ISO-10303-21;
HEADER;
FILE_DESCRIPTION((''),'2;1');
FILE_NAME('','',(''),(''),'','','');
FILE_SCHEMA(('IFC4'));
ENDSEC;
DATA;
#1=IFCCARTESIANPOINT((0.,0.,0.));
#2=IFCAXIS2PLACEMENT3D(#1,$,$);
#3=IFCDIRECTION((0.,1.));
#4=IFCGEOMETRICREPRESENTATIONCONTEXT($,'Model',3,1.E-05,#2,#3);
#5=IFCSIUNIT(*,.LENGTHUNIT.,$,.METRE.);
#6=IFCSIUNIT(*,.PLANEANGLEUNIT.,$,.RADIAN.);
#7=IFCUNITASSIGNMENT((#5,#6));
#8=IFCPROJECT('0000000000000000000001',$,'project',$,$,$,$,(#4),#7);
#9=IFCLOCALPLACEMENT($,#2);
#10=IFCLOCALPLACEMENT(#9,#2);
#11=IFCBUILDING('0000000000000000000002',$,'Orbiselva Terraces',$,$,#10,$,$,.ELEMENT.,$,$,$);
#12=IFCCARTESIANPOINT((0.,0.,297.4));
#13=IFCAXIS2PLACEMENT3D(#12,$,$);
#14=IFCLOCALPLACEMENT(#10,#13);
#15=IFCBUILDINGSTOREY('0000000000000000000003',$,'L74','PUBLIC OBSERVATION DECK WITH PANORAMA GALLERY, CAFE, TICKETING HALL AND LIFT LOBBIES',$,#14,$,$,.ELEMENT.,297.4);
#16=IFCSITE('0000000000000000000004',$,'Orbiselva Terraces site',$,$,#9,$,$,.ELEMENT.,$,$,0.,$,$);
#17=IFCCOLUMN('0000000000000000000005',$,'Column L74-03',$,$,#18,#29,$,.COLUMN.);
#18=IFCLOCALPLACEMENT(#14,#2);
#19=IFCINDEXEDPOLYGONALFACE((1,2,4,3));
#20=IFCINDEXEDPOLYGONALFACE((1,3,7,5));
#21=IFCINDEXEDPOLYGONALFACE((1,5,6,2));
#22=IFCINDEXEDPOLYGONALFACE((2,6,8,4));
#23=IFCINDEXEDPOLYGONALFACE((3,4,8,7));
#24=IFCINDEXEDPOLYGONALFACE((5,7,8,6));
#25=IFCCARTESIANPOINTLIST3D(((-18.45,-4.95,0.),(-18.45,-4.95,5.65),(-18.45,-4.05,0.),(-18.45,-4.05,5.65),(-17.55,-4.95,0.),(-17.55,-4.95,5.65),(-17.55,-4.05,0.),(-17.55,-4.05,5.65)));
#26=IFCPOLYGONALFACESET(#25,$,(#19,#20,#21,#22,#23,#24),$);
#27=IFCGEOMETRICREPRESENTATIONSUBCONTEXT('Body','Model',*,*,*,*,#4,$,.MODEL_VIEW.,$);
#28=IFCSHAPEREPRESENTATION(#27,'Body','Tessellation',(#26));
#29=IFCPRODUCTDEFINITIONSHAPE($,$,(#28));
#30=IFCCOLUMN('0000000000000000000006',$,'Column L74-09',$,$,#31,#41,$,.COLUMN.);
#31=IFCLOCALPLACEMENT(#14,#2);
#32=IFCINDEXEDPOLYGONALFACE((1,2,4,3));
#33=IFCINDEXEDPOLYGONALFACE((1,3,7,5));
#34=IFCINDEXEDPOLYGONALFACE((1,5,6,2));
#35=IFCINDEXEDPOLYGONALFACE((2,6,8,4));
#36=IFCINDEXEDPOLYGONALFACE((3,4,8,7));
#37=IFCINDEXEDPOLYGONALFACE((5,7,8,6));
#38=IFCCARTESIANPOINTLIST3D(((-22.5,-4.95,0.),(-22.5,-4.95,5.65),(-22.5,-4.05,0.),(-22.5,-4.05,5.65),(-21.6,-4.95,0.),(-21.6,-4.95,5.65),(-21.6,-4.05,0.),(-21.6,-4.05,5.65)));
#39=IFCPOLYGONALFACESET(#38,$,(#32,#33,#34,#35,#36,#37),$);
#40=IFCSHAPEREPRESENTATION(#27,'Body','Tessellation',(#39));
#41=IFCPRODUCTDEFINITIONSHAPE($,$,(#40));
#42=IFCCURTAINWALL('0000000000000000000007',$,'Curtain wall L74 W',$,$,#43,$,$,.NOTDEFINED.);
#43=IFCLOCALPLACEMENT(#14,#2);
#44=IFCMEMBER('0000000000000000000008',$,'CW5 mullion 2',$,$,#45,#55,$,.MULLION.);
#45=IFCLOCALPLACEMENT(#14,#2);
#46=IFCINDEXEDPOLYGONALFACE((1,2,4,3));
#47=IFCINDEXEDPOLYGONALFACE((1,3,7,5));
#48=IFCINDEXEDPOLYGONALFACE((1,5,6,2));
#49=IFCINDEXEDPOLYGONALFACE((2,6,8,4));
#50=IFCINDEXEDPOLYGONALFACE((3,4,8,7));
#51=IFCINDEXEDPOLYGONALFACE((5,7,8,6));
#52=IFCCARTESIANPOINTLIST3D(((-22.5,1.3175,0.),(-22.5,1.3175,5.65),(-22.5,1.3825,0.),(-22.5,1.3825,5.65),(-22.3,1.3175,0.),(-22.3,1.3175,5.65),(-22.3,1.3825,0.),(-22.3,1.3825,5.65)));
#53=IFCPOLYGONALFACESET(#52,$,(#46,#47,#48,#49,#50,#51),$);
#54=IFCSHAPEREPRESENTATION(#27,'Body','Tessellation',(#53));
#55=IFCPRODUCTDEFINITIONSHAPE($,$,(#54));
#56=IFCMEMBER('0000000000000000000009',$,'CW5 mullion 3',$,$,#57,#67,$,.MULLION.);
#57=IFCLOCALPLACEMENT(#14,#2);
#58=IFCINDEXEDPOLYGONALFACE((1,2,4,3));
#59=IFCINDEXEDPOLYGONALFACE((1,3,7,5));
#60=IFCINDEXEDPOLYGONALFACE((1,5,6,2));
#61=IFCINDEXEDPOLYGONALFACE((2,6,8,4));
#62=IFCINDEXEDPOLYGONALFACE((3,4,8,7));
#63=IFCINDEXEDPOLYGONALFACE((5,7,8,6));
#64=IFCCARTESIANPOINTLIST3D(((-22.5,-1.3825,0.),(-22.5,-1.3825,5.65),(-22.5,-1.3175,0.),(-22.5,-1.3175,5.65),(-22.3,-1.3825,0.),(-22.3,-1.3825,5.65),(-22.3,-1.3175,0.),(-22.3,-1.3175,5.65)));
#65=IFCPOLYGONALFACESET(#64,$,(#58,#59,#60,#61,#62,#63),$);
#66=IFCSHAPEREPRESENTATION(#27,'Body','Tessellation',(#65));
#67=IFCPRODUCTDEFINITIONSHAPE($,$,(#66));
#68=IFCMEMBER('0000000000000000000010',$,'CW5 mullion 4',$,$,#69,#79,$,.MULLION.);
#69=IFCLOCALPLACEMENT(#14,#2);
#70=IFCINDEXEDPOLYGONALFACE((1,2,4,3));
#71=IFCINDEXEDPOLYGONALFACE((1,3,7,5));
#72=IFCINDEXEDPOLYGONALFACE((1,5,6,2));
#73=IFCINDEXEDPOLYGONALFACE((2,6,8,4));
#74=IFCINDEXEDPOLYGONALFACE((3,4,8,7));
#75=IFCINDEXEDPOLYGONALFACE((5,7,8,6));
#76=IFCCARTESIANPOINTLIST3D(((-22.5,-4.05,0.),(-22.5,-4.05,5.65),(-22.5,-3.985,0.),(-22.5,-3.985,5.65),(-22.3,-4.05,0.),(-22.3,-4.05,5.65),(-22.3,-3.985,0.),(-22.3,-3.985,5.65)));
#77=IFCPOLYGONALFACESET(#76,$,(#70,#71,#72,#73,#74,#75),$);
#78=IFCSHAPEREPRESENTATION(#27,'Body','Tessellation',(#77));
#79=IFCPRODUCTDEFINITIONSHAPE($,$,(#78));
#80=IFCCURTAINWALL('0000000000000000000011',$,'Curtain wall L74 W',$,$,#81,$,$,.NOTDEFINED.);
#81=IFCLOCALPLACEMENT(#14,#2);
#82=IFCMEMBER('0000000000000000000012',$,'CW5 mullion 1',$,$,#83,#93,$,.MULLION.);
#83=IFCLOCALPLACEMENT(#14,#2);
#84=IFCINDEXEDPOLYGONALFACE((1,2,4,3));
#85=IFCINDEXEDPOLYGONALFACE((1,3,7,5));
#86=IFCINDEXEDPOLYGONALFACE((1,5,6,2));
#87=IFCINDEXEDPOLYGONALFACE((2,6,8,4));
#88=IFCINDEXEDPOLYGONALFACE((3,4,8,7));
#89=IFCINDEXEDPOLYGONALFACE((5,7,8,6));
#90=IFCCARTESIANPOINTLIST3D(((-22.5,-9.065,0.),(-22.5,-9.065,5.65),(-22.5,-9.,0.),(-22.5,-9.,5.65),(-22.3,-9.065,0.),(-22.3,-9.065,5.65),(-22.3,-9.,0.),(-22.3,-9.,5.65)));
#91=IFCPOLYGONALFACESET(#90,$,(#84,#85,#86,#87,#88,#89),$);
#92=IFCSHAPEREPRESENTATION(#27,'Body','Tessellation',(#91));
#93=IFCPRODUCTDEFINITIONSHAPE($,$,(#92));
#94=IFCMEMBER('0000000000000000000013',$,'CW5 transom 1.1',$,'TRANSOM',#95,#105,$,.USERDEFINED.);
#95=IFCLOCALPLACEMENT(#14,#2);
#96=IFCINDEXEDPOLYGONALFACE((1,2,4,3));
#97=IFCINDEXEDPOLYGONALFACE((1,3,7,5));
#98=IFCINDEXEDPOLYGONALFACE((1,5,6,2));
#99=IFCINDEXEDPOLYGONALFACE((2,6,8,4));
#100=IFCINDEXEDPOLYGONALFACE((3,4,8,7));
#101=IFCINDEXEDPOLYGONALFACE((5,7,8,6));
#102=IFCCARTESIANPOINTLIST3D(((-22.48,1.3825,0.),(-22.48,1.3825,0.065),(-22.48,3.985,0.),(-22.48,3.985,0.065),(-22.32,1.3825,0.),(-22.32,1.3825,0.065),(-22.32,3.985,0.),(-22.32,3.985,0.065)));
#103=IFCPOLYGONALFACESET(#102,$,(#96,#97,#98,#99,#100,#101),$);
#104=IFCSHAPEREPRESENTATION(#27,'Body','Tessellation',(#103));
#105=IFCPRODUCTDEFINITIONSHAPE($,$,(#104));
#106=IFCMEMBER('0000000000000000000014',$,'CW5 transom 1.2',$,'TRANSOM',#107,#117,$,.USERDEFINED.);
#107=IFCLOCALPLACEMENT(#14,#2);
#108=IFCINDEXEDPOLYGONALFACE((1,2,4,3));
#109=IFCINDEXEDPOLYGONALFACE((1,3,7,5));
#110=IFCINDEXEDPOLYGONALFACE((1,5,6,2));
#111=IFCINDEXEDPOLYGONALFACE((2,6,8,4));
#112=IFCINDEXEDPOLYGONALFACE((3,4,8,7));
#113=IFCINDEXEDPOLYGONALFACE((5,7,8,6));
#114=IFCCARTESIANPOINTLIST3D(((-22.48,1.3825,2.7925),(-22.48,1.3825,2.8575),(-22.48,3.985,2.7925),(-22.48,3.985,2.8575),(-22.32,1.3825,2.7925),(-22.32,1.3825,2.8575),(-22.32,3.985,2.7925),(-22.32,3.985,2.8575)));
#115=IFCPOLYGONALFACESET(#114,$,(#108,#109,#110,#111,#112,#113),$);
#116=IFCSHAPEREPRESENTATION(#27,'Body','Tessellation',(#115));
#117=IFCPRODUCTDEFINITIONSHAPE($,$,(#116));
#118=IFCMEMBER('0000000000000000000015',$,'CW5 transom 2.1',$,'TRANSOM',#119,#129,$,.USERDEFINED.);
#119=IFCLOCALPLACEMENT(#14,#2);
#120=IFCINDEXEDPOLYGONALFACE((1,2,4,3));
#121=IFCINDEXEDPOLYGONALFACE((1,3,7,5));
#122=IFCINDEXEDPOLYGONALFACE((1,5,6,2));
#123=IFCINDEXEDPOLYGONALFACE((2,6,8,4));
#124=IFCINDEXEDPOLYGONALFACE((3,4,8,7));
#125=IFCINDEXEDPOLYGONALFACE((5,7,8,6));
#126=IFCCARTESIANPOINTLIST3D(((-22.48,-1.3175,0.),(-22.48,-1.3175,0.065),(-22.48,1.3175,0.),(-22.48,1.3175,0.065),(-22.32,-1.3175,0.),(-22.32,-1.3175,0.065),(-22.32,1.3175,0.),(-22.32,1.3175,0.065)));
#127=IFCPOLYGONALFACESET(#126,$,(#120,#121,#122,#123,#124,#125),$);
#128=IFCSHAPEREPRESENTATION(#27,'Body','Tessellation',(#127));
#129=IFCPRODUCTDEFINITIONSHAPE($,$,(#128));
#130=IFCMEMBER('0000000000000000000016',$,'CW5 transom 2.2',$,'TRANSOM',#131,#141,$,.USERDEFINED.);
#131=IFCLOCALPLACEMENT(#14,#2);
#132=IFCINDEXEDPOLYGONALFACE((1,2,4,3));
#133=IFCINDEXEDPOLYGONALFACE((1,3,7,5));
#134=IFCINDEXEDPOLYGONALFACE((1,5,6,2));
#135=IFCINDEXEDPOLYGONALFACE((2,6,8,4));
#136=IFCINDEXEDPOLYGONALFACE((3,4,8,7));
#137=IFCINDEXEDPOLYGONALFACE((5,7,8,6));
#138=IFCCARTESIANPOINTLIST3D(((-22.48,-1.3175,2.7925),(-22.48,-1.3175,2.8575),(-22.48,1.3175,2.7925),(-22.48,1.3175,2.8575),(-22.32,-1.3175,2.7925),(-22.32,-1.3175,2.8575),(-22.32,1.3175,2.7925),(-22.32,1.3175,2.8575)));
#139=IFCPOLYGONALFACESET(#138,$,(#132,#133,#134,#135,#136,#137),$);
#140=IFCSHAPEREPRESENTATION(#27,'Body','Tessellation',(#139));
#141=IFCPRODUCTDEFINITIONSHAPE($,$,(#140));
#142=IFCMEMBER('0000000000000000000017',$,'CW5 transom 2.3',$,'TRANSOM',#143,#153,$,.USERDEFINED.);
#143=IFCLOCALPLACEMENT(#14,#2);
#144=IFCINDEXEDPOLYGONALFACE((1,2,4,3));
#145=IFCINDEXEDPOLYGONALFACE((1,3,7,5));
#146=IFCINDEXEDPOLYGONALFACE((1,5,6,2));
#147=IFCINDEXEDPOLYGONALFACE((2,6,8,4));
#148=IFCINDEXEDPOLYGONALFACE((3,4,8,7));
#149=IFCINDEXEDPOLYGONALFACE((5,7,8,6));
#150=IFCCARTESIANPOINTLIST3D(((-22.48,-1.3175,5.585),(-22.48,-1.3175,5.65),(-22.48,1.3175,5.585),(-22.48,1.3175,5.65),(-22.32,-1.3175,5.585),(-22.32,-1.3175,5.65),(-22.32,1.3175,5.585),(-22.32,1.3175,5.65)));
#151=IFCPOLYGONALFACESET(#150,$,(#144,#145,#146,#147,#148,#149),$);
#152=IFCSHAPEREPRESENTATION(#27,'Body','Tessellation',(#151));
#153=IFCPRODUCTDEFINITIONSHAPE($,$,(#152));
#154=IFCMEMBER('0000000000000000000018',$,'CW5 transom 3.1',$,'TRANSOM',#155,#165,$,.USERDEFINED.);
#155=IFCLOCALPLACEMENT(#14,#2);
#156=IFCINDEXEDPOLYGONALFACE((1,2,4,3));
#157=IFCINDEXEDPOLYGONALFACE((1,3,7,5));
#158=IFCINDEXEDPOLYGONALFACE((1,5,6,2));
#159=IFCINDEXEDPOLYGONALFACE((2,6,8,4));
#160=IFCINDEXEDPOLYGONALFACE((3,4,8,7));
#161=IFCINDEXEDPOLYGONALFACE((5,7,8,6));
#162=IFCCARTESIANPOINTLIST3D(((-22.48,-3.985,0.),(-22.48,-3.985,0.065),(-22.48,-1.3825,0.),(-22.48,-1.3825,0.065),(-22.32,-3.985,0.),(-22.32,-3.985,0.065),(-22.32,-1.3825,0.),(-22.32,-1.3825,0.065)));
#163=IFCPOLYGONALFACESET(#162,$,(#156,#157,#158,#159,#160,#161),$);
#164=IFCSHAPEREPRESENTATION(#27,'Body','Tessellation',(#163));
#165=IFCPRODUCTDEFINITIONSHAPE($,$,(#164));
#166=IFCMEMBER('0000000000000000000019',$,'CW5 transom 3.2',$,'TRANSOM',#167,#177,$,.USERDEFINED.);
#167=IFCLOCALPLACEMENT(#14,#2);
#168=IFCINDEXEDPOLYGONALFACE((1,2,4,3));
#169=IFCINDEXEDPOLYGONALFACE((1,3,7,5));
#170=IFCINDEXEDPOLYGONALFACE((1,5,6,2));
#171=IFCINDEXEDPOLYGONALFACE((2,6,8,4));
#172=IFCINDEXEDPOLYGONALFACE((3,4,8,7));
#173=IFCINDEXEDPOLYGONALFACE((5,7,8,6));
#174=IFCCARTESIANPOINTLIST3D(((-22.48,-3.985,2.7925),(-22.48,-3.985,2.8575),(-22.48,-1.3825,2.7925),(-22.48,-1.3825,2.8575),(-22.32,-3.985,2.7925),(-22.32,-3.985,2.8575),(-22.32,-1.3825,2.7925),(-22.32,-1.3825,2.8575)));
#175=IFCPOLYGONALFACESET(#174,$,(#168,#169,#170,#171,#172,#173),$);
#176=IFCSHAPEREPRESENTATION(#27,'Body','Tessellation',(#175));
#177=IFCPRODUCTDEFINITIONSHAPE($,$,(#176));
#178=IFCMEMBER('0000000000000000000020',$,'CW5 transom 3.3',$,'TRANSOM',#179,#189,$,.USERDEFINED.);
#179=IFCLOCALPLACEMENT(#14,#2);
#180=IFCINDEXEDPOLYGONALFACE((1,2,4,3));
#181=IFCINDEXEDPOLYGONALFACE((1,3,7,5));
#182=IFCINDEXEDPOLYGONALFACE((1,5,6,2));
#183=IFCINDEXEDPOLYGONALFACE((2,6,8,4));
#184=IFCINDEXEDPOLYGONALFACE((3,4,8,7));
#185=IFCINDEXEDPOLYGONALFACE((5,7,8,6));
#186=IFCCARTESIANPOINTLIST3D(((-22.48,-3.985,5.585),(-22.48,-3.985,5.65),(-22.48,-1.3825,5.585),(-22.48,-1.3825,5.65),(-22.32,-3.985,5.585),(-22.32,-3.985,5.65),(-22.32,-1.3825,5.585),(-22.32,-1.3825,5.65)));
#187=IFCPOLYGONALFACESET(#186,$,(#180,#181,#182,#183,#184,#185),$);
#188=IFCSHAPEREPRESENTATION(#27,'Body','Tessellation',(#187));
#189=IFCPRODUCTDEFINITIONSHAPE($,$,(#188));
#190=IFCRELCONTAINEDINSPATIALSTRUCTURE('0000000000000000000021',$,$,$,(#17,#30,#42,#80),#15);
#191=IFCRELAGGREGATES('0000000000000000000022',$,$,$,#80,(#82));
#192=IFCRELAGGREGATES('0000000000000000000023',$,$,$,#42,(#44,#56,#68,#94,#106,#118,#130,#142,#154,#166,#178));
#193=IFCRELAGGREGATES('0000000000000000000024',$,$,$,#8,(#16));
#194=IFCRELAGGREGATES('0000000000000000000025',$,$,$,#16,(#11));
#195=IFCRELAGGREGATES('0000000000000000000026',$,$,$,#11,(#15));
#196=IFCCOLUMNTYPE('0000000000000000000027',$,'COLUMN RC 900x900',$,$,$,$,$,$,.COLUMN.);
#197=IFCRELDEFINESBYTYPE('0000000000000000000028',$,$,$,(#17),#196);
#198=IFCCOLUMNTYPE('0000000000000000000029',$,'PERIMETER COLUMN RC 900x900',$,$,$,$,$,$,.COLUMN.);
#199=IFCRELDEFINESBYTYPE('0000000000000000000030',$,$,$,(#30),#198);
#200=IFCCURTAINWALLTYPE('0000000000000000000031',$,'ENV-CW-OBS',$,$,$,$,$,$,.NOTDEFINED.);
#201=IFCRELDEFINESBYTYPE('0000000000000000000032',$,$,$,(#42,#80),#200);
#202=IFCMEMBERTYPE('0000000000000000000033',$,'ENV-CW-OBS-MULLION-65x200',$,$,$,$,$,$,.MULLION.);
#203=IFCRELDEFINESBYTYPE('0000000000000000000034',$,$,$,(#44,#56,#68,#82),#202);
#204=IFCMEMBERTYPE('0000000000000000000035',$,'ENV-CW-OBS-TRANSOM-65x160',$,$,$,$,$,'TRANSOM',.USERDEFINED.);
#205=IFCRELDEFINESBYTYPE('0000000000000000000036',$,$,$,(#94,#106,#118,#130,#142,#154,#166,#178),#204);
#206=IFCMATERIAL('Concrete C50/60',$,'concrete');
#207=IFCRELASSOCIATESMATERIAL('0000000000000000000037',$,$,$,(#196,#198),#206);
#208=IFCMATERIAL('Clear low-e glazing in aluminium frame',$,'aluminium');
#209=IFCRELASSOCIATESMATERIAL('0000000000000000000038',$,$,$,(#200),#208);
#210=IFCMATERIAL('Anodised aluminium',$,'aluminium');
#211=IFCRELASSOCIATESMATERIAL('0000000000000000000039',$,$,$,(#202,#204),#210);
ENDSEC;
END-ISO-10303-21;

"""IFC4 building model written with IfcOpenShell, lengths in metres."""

from ifc_helpers import new_model, si_unit, direction, frame, origin, origin_2d, place, context, subcontext, project, spatial, rectangle, extrude, material, material_profile, profile_set, type_object, element, aggregate, save


model = new_model("IFC4")

# Units and contexts
model_context = context("Model", 3, precision=1e-05, world=origin(), true_north=direction((0.0, 1.0)))
body_context = subcontext(model_context, "Body", "Model", "MODEL_VIEW")
ifc_project = project(units=[si_unit("LENGTHUNIT", "METRE"), si_unit("PLANEANGLEUNIT", "RADIAN")], contexts=[model_context])

# Site, building, storey
site_placement = place(None, origin())
site = spatial("IfcSite", under=ifc_project, at=site_placement, Name="Orbiselva Terraces site", CompositionType="ELEMENT", RefElevation=0.0)
building_placement = place(site_placement, origin())
building = spatial("IfcBuilding", under=site, at=building_placement, Name="Orbiselva Terraces", CompositionType="ELEMENT")
storey_placement = place(building_placement, frame((0.0, 0.0, 297.4)))
storey = spatial("IfcBuildingStorey", under=building, at=storey_placement, Name="L74", Description="PUBLIC OBSERVATION DECK WITH PANORAMA GALLERY, CAFE, TICKETING HALL AND LIFT LOBBIES", CompositionType="ELEMENT", Elevation=297.4)

# Columns
ifc_material_1 = material(Name="Concrete C50/60", Category="concrete")
ifc_material_profile_1 = material_profile(ifc_material_1, rectangle(XDim=0.9, YDim=0.9, at=origin_2d()), Name="RC 900x900")
ifc_profile_set_1 = profile_set([ifc_material_profile_1], Name="Concrete C50/60")
column_type_1 = type_object("IfcColumnType", Name="COLUMN RC 900x900", PredefinedType="COLUMN", material=ifc_profile_set_1)
column_1_placement = place(storey_placement, frame((-18.0, -4.5, 0.0), z_axis=(0.0, 0.0, 1.0), x_axis=(1.0, 0.0, 0.0)))
element("IfcColumn", 1, at=column_1_placement, inside=storey, type_object=column_type_1, Name="Column L74-03", PredefinedType="COLUMN", context=body_context, shape_type="SweptSolid", body=[
    extrude(rectangle(XDim=0.9, YDim=0.9, at=origin_2d()), origin(), (0.0, 0.0, 1.0), 5.65),
])
ifc_material_profile_2 = material_profile(ifc_material_1, rectangle(XDim=0.9, YDim=0.9, at=origin_2d()), Name="RC 900x900")
ifc_profile_set_2 = profile_set([ifc_material_profile_2], Name="Concrete C50/60")
column_type_2 = type_object("IfcColumnType", Name="PERIMETER COLUMN RC 900x900", PredefinedType="COLUMN", material=ifc_profile_set_2)
column_2_placement = place(storey_placement, frame((-22.05, -4.5, 0.0), z_axis=(0.0, 0.0, 1.0), x_axis=(1.0, 0.0, 0.0)))
element("IfcColumn", 2, at=column_2_placement, inside=storey, type_object=column_type_2, Name="Column L74-09", PredefinedType="COLUMN", context=body_context, shape_type="SweptSolid", body=[
    extrude(rectangle(XDim=0.9, YDim=0.9, at=origin_2d()), origin(), (0.0, 0.0, 1.0), 5.65),
])

# Curtain wall, members
ifc_material_2 = material(Name="Clear low-e glazing in aluminium frame", Category="aluminium")
curtain_wall_type = type_object("IfcCurtainWallType", Name="ENV-CW-OBS", PredefinedType="NOTDEFINED", material=ifc_material_2)
curtain_wall_1_placement = place(storey_placement, origin())
curtain_wall_1 = element("IfcCurtainWall", 3, at=curtain_wall_1_placement, inside=storey, type_object=curtain_wall_type, Name="Curtain wall L74 W", PredefinedType="NOTDEFINED")
ifc_material_3 = material(Name="Anodised aluminium", Category="aluminium")
ifc_material_profile_3 = material_profile(ifc_material_3, rectangle(XDim=0.2, YDim=0.065, at=origin_2d()), Name="AL 65x200")
ifc_profile_set_3 = profile_set([ifc_material_profile_3], Name="Anodised aluminium")
member_type_1 = type_object("IfcMemberType", Name="ENV-CW-OBS-MULLION-65x200", PredefinedType="MULLION", material=ifc_profile_set_3)
member_1_placement = place(storey_placement, frame((-22.4, 1.35, 0.0), z_axis=(0.0, 0.0, 1.0), x_axis=(1.0, 0.0, 0.0)))
member_1 = element("IfcMember", 4, at=member_1_placement, type_object=member_type_1, Name="CW5 mullion 2", PredefinedType="MULLION", context=body_context, shape_type="SweptSolid", body=[
    extrude(rectangle(XDim=0.2, YDim=0.065, at=origin_2d()), origin(), (0.0, 0.0, 1.0), 5.65),
])
member_2_placement = place(storey_placement, frame((-22.4, -1.35, 0.0), z_axis=(0.0, 0.0, 1.0), x_axis=(1.0, 0.0, 0.0)))
member_2 = element("IfcMember", 5, at=member_2_placement, type_object=member_type_1, Name="CW5 mullion 3", PredefinedType="MULLION", context=body_context, shape_type="SweptSolid", body=[
    extrude(rectangle(XDim=0.2, YDim=0.065, at=origin_2d()), origin(), (0.0, 0.0, 1.0), 5.65),
])
member_3_placement = place(storey_placement, frame((-22.4, -4.0175, 0.0), z_axis=(0.0, 0.0, 1.0), x_axis=(1.0, 0.0, 0.0)))
member_3 = element("IfcMember", 6, at=member_3_placement, type_object=member_type_1, Name="CW5 mullion 4", PredefinedType="MULLION", context=body_context, shape_type="SweptSolid", body=[
    extrude(rectangle(XDim=0.2, YDim=0.065, at=origin_2d()), origin(), (0.0, 0.0, 1.0), 5.65),
])

# Curtain wall, member
curtain_wall_2_placement = place(storey_placement, origin())
curtain_wall_2 = element("IfcCurtainWall", 7, at=curtain_wall_2_placement, inside=storey, type_object=curtain_wall_type, Name="Curtain wall L74 W", PredefinedType="NOTDEFINED")
member_4_placement = place(storey_placement, frame((-22.4, -9.0325, 0.0), z_axis=(0.0, 0.0, 1.0), x_axis=(1.0, 0.0, 0.0)))
member_4 = element("IfcMember", 8, at=member_4_placement, type_object=member_type_1, Name="CW5 mullion 1", PredefinedType="MULLION", context=body_context, shape_type="SweptSolid", body=[
    extrude(rectangle(XDim=0.2, YDim=0.065, at=origin_2d()), origin(), (0.0, 0.0, 1.0), 5.65),
])
aggregate(curtain_wall_2, [member_4])

# Members
ifc_material_profile_4 = material_profile(ifc_material_3, rectangle(XDim=0.16, YDim=0.065, at=origin_2d()), Name="AL 65x160")
ifc_profile_set_4 = profile_set([ifc_material_profile_4], Name="Anodised aluminium")
member_type_2 = type_object("IfcMemberType", Name="ENV-CW-OBS-TRANSOM-65x160", ElementType="TRANSOM", PredefinedType="USERDEFINED", material=ifc_profile_set_4)
member_5_placement = place(storey_placement, frame((-22.4, 3.985, 0.0325), z_axis=(0.0, -1.0, 0.0), x_axis=(1.0, 0.0, 0.0)))
member_5 = element("IfcMember", 9, at=member_5_placement, type_object=member_type_2, Name="CW5 transom 1.1", ObjectType="TRANSOM", PredefinedType="USERDEFINED", context=body_context, shape_type="SweptSolid", body=[
    extrude(rectangle(XDim=0.16, YDim=0.065, at=origin_2d()), origin(), (0.0, 0.0, 1.0), 2.6025),
])
member_6_placement = place(storey_placement, frame((-22.4, 3.985, 2.825), z_axis=(0.0, -1.0, 0.0), x_axis=(1.0, 0.0, 0.0)))
member_6 = element("IfcMember", 10, at=member_6_placement, type_object=member_type_2, Name="CW5 transom 1.2", ObjectType="TRANSOM", PredefinedType="USERDEFINED", context=body_context, shape_type="SweptSolid", body=[
    extrude(rectangle(XDim=0.16, YDim=0.065, at=origin_2d()), origin(), (0.0, 0.0, 1.0), 2.6025),
])
member_7_placement = place(storey_placement, frame((-22.4, 1.3175, 0.0325), z_axis=(0.0, -1.0, 0.0), x_axis=(1.0, 0.0, 0.0)))
member_7 = element("IfcMember", 11, at=member_7_placement, type_object=member_type_2, Name="CW5 transom 2.1", ObjectType="TRANSOM", PredefinedType="USERDEFINED", context=body_context, shape_type="SweptSolid", body=[
    extrude(rectangle(XDim=0.16, YDim=0.065, at=origin_2d()), origin(), (0.0, 0.0, 1.0), 2.635),
])
member_8_placement = place(storey_placement, frame((-22.4, 1.3175, 2.825), z_axis=(0.0, -1.0, 0.0), x_axis=(1.0, 0.0, 0.0)))
member_8 = element("IfcMember", 12, at=member_8_placement, type_object=member_type_2, Name="CW5 transom 2.2", ObjectType="TRANSOM", PredefinedType="USERDEFINED", context=body_context, shape_type="SweptSolid", body=[
    extrude(rectangle(XDim=0.16, YDim=0.065, at=origin_2d()), origin(), (0.0, 0.0, 1.0), 2.635),
])
member_9_placement = place(storey_placement, frame((-22.4, 1.3175, 5.6175), z_axis=(0.0, -1.0, 0.0), x_axis=(1.0, 0.0, 0.0)))
member_9 = element("IfcMember", 13, at=member_9_placement, type_object=member_type_2, Name="CW5 transom 2.3", ObjectType="TRANSOM", PredefinedType="USERDEFINED", context=body_context, shape_type="SweptSolid", body=[
    extrude(rectangle(XDim=0.16, YDim=0.065, at=origin_2d()), origin(), (0.0, 0.0, 1.0), 2.635),
])
member_10_placement = place(storey_placement, frame((-22.4, -1.3825, 0.0325), z_axis=(0.0, -1.0, 0.0), x_axis=(1.0, 0.0, 0.0)))
member_10 = element("IfcMember", 14, at=member_10_placement, type_object=member_type_2, Name="CW5 transom 3.1", ObjectType="TRANSOM", PredefinedType="USERDEFINED", context=body_context, shape_type="SweptSolid", body=[
    extrude(rectangle(XDim=0.16, YDim=0.065, at=origin_2d()), origin(), (0.0, 0.0, 1.0), 2.6025),
])
member_11_placement = place(storey_placement, frame((-22.4, -1.3825, 2.825), z_axis=(0.0, -1.0, 0.0), x_axis=(1.0, 0.0, 0.0)))
member_11 = element("IfcMember", 15, at=member_11_placement, type_object=member_type_2, Name="CW5 transom 3.2", ObjectType="TRANSOM", PredefinedType="USERDEFINED", context=body_context, shape_type="SweptSolid", body=[
    extrude(rectangle(XDim=0.16, YDim=0.065, at=origin_2d()), origin(), (0.0, 0.0, 1.0), 2.6025),
])
member_12_placement = place(storey_placement, frame((-22.4, -1.3825, 5.6175), z_axis=(0.0, -1.0, 0.0), x_axis=(1.0, 0.0, 0.0)))
member_12 = element("IfcMember", 16, at=member_12_placement, type_object=member_type_2, Name="CW5 transom 3.3", ObjectType="TRANSOM", PredefinedType="USERDEFINED", context=body_context, shape_type="SweptSolid", body=[
    extrude(rectangle(XDim=0.16, YDim=0.065, at=origin_2d()), origin(), (0.0, 0.0, 1.0), 2.6025),
])

aggregate(curtain_wall_1, [member_1, member_2, member_3, member_5, member_6, member_7, member_8, member_9, member_10, member_11, member_12])

save(model, "model.ifc")
